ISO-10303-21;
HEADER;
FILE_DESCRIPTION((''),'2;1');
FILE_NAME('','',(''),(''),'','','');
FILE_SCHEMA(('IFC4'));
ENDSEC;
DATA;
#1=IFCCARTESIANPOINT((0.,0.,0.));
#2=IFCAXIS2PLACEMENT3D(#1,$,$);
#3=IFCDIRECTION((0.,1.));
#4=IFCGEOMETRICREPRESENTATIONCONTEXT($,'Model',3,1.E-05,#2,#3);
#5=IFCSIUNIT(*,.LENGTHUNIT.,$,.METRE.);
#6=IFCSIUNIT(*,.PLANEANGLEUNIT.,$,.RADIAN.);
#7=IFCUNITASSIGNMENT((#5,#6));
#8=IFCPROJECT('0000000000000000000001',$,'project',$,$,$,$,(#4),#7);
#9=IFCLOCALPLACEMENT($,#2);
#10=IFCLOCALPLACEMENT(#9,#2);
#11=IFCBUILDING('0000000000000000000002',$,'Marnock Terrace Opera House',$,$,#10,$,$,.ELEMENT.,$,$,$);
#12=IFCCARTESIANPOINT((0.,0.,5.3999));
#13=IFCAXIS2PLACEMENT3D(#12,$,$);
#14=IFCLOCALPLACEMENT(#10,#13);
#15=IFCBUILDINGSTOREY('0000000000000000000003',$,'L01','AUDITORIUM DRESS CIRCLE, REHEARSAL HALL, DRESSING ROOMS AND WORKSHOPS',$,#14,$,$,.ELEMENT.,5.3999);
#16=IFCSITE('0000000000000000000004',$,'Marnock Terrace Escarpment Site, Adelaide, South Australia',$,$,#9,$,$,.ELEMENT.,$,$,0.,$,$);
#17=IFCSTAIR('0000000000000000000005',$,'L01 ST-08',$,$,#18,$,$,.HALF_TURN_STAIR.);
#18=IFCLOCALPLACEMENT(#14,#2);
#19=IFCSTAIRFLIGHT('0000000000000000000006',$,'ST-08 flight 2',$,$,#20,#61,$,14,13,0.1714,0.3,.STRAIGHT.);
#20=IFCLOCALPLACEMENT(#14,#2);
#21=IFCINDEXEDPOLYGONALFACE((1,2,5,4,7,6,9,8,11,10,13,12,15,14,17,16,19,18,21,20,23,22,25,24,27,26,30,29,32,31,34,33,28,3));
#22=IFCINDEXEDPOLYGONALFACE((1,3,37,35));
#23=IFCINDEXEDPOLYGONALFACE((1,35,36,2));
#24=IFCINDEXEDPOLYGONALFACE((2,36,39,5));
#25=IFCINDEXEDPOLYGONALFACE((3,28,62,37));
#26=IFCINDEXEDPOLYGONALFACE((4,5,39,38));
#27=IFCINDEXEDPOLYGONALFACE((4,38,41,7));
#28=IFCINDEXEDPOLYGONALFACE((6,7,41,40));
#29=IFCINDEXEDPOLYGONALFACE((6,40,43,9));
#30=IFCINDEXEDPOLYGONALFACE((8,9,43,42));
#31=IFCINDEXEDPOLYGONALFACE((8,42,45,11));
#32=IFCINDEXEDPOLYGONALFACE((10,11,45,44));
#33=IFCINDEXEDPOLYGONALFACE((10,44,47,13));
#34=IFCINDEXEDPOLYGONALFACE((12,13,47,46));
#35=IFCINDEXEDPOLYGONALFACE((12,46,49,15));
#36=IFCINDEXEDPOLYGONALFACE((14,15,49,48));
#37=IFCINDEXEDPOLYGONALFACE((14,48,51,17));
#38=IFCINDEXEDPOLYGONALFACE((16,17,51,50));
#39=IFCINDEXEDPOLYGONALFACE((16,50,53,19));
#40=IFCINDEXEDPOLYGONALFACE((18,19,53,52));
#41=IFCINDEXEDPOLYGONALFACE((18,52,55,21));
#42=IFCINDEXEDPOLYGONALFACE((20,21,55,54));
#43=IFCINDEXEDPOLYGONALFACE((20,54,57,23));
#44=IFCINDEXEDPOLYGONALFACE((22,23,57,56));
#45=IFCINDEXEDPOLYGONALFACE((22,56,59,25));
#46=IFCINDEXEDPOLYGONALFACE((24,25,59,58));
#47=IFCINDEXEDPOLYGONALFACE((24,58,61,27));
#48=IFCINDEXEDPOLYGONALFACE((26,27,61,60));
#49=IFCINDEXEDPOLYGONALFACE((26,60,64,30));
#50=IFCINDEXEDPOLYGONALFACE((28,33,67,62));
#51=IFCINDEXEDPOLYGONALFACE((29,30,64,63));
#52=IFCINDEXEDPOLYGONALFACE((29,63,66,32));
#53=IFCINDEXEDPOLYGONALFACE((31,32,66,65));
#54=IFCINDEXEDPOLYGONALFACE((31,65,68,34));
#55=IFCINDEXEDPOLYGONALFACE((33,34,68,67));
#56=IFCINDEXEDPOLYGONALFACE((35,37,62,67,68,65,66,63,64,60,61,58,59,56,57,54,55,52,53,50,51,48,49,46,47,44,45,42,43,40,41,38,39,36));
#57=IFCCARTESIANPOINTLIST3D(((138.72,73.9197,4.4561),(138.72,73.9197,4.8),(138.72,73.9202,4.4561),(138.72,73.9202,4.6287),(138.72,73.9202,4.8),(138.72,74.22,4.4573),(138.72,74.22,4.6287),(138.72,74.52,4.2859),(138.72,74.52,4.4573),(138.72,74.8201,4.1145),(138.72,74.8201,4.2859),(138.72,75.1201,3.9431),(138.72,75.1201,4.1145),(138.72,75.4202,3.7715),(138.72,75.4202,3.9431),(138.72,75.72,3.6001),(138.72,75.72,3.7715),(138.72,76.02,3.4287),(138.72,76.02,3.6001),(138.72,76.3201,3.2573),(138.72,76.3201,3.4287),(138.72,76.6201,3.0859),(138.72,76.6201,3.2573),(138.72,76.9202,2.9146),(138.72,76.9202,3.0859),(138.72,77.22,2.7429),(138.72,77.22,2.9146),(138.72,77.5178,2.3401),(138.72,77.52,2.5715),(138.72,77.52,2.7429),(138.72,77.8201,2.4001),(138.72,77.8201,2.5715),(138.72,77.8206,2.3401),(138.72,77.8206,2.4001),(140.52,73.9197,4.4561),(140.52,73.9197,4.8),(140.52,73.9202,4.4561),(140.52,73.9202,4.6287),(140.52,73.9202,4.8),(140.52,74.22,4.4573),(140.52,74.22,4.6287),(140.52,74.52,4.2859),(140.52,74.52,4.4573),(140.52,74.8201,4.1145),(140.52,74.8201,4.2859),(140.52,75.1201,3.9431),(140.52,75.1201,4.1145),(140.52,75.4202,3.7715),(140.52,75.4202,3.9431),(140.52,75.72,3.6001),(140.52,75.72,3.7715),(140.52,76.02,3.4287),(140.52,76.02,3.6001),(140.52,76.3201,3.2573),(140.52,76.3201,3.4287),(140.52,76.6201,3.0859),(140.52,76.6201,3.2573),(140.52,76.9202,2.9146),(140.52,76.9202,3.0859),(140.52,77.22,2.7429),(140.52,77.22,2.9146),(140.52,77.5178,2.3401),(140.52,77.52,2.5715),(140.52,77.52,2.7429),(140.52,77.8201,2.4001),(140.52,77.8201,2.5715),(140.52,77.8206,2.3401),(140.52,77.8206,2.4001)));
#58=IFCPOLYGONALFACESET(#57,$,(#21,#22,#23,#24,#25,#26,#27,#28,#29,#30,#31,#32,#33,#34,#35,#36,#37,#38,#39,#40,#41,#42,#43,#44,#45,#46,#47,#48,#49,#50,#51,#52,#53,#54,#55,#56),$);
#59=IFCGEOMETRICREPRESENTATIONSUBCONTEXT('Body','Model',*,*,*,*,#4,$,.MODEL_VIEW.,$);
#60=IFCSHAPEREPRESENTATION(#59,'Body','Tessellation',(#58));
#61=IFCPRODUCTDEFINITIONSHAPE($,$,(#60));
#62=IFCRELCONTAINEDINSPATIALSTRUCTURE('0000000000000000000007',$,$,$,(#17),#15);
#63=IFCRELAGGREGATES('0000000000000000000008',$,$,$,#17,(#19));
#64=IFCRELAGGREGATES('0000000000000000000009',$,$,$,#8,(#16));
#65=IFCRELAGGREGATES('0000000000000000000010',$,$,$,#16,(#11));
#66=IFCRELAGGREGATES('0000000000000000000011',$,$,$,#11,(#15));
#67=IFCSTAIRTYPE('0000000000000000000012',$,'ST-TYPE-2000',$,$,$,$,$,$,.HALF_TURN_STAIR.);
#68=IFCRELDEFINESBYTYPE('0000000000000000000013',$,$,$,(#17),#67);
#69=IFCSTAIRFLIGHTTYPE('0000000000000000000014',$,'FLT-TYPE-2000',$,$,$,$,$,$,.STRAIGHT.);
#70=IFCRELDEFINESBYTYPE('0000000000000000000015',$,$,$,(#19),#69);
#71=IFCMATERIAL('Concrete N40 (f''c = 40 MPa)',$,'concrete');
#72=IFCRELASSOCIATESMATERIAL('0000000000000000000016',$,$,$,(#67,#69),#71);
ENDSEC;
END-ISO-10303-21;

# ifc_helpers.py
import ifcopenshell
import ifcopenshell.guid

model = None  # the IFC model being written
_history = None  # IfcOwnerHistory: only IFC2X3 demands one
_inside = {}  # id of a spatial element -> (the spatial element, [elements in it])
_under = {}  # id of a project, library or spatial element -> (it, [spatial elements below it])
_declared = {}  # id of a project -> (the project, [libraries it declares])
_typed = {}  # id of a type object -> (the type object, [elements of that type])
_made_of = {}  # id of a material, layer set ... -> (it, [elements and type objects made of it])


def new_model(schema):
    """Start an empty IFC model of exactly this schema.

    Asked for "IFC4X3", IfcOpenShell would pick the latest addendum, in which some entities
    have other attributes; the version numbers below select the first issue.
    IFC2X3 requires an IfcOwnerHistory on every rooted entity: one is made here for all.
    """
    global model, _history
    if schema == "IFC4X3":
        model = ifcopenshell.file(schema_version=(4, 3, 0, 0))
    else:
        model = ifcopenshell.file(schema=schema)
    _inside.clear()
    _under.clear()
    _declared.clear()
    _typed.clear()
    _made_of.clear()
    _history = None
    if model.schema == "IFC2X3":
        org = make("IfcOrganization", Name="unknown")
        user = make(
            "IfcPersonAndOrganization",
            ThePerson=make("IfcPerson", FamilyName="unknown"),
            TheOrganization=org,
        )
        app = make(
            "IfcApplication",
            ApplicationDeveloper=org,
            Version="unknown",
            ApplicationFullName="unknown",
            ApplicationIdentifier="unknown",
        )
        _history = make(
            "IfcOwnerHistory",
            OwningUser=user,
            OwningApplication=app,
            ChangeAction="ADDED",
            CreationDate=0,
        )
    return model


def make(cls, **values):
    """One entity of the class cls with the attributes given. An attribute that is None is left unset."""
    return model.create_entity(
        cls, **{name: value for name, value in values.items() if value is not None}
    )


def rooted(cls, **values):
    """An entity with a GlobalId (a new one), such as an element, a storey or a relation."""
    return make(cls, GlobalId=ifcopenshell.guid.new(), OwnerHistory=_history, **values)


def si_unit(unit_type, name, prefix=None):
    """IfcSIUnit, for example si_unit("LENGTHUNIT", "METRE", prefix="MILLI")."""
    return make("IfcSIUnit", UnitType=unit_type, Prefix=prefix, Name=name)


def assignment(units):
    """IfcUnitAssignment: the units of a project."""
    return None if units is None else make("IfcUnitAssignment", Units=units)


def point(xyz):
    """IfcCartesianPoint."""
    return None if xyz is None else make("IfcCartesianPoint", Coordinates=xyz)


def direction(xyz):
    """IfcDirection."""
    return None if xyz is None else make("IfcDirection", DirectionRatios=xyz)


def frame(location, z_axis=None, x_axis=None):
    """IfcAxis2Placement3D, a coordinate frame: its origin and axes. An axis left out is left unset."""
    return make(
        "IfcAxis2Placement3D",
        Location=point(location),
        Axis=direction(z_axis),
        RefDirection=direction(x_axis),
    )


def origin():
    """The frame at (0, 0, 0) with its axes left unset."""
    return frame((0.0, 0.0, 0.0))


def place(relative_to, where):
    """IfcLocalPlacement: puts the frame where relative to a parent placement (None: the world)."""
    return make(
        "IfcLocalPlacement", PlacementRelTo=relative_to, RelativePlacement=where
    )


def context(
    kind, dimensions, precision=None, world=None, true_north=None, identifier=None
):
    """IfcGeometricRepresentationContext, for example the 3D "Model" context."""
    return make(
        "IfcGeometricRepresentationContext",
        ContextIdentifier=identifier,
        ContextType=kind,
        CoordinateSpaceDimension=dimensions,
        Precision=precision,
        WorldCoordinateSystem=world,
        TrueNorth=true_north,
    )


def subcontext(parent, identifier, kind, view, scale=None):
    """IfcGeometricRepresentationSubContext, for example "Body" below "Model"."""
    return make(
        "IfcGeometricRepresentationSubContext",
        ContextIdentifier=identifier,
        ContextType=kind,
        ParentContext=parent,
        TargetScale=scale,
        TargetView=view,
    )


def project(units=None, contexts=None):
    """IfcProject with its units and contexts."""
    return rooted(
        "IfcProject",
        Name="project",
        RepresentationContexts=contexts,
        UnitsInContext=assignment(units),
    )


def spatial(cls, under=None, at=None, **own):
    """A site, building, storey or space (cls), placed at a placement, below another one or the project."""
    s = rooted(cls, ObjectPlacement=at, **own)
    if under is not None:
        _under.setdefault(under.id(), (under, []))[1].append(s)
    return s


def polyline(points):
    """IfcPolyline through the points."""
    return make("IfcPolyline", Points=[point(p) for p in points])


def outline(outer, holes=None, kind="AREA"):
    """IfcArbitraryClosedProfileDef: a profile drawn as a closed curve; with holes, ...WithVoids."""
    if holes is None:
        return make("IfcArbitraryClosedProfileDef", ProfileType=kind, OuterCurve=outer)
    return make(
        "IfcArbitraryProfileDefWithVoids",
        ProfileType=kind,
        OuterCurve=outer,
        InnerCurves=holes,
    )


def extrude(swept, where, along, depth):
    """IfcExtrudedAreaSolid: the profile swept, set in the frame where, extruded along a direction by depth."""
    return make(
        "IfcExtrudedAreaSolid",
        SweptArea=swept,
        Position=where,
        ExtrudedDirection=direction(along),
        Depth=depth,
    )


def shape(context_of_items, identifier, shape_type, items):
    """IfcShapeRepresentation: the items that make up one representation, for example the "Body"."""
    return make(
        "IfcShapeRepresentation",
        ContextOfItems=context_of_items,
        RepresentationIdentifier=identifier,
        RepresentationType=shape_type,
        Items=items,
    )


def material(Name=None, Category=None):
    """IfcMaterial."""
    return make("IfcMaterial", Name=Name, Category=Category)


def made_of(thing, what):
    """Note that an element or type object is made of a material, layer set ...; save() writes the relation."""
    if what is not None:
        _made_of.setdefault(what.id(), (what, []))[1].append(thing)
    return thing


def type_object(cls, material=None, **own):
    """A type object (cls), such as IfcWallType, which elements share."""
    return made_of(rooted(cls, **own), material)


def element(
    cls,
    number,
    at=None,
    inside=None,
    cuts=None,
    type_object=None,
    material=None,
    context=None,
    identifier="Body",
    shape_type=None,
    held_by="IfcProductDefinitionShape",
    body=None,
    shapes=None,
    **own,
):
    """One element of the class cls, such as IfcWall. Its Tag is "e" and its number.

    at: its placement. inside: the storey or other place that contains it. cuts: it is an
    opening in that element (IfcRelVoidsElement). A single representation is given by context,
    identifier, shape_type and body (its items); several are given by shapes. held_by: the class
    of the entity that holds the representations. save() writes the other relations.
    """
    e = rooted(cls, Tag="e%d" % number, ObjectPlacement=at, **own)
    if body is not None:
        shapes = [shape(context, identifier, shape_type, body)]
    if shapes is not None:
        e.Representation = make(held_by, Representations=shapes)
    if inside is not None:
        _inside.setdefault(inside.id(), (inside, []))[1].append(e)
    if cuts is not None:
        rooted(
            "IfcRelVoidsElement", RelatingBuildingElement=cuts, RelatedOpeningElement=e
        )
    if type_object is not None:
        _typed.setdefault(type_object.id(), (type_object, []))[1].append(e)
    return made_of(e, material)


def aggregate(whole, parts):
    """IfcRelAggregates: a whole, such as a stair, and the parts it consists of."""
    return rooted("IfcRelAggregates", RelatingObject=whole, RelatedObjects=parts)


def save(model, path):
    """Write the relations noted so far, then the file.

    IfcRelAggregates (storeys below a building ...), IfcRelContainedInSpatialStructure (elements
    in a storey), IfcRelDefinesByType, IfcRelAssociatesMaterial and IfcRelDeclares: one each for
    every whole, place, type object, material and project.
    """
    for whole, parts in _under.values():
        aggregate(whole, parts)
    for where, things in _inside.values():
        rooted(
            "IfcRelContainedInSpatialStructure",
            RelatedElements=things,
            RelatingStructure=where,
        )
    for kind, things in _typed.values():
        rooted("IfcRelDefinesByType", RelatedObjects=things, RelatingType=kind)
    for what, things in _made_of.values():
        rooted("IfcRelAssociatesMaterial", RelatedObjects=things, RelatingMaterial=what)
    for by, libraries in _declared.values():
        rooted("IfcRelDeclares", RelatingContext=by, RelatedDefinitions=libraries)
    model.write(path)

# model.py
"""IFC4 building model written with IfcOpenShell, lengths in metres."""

from ifc_helpers import new_model, si_unit, direction, frame, origin, place, context, subcontext, project, spatial, polyline, outline, extrude, material, type_object, element, aggregate, save


model = new_model("IFC4")

# Units and contexts
model_context = context("Model", 3, precision=1e-05, world=origin(), true_north=direction((0.0, 1.0)))
body_context = subcontext(model_context, "Body", "Model", "MODEL_VIEW")
ifc_project = project(units=[si_unit("LENGTHUNIT", "METRE"), si_unit("PLANEANGLEUNIT", "RADIAN")], contexts=[model_context])

# Site, building, storey
site_placement = place(None, origin())
site = spatial("IfcSite", under=ifc_project, at=site_placement, Name="Marnock Terrace Escarpment Site, Adelaide, South Australia", CompositionType="ELEMENT", RefElevation=0.0)
building_placement = place(site_placement, origin())
building = spatial("IfcBuilding", under=site, at=building_placement, Name="Marnock Terrace Opera House", CompositionType="ELEMENT")
storey_placement = place(building_placement, frame((0.0, 0.0, 5.3999)))
storey = spatial("IfcBuildingStorey", under=building, at=storey_placement, Name="L01", Description="AUDITORIUM DRESS CIRCLE, REHEARSAL HALL, DRESSING ROOMS AND WORKSHOPS", CompositionType="ELEMENT", Elevation=5.3999)

# Shared definitions
ifc_material_1 = material(Name="Concrete N40 (f'c = 40 MPa)", Category="concrete")

# Stair, stair flight
stair_type = type_object("IfcStairType", Name="ST-TYPE-2000", PredefinedType="HALF_TURN_STAIR", material=ifc_material_1)
stair_placement = place(storey_placement, origin())
stair = element("IfcStair", 1, at=stair_placement, inside=storey, type_object=stair_type, Name="L01 ST-08", PredefinedType="HALF_TURN_STAIR")
stair_flight_type = type_object("IfcStairFlightType", Name="FLT-TYPE-2000", PredefinedType="STRAIGHT", material=ifc_material_1)
stair_flight_1_placement = place(storey_placement, frame((139.6201, 77.8201, 2.4001), z_axis=(0.0, 0.0, 1.0), x_axis=(0.0, -1.0, 0.0)))
stair_flight_1 = element("IfcStairFlight", 2, at=stair_flight_1_placement, type_object=stair_flight_type, Name="ST-08 flight 2", NumberOfRisers=14, NumberOfTreads=13, PredefinedType="STRAIGHT", RiserHeight=0.1714, TreadLength=0.3, context=body_context, shape_type="SweptSolid", body=[
    extrude(outline(polyline([(-0.0005, -0.0601), (-0.0005, 0.0), (0.0, 0.0), (0.0, 0.1714), (0.3, 0.1714), (0.3, 0.3428), (0.6001, 0.3428), (0.6001, 0.5144), (0.8999, 0.5144), (0.8999, 0.6858), (1.2, 0.6858), (1.2, 0.8572), (1.5, 0.8572), (1.5, 1.0286), (1.8, 1.0286), (1.8, 1.2), (2.1001, 1.2), (2.1001, 1.3713), (2.3999, 1.3713), (2.3999, 1.543), (2.7, 1.543), (2.7, 1.7144), (3.0, 1.7144), (3.0, 1.8857), (3.3, 1.8857), (3.3, 2.0571), (3.6001, 2.0571), (3.6001, 2.2285), (3.8999, 2.2285), (3.8999, 2.3999), (3.9004, 2.3999), (3.9004, 2.0559), (3.8999, 2.0559), (0.3022, -0.0601), (-0.0005, -0.0601)])), frame((0.0, 0.8999, 0.0), z_axis=(0.0, -1.0, 0.0), x_axis=(1.0, 0.0, 0.0)), (0.0, 0.0, 1.0), 1.8),
])
aggregate(stair, [stair_flight_1])

save(model, "model.ifc")
